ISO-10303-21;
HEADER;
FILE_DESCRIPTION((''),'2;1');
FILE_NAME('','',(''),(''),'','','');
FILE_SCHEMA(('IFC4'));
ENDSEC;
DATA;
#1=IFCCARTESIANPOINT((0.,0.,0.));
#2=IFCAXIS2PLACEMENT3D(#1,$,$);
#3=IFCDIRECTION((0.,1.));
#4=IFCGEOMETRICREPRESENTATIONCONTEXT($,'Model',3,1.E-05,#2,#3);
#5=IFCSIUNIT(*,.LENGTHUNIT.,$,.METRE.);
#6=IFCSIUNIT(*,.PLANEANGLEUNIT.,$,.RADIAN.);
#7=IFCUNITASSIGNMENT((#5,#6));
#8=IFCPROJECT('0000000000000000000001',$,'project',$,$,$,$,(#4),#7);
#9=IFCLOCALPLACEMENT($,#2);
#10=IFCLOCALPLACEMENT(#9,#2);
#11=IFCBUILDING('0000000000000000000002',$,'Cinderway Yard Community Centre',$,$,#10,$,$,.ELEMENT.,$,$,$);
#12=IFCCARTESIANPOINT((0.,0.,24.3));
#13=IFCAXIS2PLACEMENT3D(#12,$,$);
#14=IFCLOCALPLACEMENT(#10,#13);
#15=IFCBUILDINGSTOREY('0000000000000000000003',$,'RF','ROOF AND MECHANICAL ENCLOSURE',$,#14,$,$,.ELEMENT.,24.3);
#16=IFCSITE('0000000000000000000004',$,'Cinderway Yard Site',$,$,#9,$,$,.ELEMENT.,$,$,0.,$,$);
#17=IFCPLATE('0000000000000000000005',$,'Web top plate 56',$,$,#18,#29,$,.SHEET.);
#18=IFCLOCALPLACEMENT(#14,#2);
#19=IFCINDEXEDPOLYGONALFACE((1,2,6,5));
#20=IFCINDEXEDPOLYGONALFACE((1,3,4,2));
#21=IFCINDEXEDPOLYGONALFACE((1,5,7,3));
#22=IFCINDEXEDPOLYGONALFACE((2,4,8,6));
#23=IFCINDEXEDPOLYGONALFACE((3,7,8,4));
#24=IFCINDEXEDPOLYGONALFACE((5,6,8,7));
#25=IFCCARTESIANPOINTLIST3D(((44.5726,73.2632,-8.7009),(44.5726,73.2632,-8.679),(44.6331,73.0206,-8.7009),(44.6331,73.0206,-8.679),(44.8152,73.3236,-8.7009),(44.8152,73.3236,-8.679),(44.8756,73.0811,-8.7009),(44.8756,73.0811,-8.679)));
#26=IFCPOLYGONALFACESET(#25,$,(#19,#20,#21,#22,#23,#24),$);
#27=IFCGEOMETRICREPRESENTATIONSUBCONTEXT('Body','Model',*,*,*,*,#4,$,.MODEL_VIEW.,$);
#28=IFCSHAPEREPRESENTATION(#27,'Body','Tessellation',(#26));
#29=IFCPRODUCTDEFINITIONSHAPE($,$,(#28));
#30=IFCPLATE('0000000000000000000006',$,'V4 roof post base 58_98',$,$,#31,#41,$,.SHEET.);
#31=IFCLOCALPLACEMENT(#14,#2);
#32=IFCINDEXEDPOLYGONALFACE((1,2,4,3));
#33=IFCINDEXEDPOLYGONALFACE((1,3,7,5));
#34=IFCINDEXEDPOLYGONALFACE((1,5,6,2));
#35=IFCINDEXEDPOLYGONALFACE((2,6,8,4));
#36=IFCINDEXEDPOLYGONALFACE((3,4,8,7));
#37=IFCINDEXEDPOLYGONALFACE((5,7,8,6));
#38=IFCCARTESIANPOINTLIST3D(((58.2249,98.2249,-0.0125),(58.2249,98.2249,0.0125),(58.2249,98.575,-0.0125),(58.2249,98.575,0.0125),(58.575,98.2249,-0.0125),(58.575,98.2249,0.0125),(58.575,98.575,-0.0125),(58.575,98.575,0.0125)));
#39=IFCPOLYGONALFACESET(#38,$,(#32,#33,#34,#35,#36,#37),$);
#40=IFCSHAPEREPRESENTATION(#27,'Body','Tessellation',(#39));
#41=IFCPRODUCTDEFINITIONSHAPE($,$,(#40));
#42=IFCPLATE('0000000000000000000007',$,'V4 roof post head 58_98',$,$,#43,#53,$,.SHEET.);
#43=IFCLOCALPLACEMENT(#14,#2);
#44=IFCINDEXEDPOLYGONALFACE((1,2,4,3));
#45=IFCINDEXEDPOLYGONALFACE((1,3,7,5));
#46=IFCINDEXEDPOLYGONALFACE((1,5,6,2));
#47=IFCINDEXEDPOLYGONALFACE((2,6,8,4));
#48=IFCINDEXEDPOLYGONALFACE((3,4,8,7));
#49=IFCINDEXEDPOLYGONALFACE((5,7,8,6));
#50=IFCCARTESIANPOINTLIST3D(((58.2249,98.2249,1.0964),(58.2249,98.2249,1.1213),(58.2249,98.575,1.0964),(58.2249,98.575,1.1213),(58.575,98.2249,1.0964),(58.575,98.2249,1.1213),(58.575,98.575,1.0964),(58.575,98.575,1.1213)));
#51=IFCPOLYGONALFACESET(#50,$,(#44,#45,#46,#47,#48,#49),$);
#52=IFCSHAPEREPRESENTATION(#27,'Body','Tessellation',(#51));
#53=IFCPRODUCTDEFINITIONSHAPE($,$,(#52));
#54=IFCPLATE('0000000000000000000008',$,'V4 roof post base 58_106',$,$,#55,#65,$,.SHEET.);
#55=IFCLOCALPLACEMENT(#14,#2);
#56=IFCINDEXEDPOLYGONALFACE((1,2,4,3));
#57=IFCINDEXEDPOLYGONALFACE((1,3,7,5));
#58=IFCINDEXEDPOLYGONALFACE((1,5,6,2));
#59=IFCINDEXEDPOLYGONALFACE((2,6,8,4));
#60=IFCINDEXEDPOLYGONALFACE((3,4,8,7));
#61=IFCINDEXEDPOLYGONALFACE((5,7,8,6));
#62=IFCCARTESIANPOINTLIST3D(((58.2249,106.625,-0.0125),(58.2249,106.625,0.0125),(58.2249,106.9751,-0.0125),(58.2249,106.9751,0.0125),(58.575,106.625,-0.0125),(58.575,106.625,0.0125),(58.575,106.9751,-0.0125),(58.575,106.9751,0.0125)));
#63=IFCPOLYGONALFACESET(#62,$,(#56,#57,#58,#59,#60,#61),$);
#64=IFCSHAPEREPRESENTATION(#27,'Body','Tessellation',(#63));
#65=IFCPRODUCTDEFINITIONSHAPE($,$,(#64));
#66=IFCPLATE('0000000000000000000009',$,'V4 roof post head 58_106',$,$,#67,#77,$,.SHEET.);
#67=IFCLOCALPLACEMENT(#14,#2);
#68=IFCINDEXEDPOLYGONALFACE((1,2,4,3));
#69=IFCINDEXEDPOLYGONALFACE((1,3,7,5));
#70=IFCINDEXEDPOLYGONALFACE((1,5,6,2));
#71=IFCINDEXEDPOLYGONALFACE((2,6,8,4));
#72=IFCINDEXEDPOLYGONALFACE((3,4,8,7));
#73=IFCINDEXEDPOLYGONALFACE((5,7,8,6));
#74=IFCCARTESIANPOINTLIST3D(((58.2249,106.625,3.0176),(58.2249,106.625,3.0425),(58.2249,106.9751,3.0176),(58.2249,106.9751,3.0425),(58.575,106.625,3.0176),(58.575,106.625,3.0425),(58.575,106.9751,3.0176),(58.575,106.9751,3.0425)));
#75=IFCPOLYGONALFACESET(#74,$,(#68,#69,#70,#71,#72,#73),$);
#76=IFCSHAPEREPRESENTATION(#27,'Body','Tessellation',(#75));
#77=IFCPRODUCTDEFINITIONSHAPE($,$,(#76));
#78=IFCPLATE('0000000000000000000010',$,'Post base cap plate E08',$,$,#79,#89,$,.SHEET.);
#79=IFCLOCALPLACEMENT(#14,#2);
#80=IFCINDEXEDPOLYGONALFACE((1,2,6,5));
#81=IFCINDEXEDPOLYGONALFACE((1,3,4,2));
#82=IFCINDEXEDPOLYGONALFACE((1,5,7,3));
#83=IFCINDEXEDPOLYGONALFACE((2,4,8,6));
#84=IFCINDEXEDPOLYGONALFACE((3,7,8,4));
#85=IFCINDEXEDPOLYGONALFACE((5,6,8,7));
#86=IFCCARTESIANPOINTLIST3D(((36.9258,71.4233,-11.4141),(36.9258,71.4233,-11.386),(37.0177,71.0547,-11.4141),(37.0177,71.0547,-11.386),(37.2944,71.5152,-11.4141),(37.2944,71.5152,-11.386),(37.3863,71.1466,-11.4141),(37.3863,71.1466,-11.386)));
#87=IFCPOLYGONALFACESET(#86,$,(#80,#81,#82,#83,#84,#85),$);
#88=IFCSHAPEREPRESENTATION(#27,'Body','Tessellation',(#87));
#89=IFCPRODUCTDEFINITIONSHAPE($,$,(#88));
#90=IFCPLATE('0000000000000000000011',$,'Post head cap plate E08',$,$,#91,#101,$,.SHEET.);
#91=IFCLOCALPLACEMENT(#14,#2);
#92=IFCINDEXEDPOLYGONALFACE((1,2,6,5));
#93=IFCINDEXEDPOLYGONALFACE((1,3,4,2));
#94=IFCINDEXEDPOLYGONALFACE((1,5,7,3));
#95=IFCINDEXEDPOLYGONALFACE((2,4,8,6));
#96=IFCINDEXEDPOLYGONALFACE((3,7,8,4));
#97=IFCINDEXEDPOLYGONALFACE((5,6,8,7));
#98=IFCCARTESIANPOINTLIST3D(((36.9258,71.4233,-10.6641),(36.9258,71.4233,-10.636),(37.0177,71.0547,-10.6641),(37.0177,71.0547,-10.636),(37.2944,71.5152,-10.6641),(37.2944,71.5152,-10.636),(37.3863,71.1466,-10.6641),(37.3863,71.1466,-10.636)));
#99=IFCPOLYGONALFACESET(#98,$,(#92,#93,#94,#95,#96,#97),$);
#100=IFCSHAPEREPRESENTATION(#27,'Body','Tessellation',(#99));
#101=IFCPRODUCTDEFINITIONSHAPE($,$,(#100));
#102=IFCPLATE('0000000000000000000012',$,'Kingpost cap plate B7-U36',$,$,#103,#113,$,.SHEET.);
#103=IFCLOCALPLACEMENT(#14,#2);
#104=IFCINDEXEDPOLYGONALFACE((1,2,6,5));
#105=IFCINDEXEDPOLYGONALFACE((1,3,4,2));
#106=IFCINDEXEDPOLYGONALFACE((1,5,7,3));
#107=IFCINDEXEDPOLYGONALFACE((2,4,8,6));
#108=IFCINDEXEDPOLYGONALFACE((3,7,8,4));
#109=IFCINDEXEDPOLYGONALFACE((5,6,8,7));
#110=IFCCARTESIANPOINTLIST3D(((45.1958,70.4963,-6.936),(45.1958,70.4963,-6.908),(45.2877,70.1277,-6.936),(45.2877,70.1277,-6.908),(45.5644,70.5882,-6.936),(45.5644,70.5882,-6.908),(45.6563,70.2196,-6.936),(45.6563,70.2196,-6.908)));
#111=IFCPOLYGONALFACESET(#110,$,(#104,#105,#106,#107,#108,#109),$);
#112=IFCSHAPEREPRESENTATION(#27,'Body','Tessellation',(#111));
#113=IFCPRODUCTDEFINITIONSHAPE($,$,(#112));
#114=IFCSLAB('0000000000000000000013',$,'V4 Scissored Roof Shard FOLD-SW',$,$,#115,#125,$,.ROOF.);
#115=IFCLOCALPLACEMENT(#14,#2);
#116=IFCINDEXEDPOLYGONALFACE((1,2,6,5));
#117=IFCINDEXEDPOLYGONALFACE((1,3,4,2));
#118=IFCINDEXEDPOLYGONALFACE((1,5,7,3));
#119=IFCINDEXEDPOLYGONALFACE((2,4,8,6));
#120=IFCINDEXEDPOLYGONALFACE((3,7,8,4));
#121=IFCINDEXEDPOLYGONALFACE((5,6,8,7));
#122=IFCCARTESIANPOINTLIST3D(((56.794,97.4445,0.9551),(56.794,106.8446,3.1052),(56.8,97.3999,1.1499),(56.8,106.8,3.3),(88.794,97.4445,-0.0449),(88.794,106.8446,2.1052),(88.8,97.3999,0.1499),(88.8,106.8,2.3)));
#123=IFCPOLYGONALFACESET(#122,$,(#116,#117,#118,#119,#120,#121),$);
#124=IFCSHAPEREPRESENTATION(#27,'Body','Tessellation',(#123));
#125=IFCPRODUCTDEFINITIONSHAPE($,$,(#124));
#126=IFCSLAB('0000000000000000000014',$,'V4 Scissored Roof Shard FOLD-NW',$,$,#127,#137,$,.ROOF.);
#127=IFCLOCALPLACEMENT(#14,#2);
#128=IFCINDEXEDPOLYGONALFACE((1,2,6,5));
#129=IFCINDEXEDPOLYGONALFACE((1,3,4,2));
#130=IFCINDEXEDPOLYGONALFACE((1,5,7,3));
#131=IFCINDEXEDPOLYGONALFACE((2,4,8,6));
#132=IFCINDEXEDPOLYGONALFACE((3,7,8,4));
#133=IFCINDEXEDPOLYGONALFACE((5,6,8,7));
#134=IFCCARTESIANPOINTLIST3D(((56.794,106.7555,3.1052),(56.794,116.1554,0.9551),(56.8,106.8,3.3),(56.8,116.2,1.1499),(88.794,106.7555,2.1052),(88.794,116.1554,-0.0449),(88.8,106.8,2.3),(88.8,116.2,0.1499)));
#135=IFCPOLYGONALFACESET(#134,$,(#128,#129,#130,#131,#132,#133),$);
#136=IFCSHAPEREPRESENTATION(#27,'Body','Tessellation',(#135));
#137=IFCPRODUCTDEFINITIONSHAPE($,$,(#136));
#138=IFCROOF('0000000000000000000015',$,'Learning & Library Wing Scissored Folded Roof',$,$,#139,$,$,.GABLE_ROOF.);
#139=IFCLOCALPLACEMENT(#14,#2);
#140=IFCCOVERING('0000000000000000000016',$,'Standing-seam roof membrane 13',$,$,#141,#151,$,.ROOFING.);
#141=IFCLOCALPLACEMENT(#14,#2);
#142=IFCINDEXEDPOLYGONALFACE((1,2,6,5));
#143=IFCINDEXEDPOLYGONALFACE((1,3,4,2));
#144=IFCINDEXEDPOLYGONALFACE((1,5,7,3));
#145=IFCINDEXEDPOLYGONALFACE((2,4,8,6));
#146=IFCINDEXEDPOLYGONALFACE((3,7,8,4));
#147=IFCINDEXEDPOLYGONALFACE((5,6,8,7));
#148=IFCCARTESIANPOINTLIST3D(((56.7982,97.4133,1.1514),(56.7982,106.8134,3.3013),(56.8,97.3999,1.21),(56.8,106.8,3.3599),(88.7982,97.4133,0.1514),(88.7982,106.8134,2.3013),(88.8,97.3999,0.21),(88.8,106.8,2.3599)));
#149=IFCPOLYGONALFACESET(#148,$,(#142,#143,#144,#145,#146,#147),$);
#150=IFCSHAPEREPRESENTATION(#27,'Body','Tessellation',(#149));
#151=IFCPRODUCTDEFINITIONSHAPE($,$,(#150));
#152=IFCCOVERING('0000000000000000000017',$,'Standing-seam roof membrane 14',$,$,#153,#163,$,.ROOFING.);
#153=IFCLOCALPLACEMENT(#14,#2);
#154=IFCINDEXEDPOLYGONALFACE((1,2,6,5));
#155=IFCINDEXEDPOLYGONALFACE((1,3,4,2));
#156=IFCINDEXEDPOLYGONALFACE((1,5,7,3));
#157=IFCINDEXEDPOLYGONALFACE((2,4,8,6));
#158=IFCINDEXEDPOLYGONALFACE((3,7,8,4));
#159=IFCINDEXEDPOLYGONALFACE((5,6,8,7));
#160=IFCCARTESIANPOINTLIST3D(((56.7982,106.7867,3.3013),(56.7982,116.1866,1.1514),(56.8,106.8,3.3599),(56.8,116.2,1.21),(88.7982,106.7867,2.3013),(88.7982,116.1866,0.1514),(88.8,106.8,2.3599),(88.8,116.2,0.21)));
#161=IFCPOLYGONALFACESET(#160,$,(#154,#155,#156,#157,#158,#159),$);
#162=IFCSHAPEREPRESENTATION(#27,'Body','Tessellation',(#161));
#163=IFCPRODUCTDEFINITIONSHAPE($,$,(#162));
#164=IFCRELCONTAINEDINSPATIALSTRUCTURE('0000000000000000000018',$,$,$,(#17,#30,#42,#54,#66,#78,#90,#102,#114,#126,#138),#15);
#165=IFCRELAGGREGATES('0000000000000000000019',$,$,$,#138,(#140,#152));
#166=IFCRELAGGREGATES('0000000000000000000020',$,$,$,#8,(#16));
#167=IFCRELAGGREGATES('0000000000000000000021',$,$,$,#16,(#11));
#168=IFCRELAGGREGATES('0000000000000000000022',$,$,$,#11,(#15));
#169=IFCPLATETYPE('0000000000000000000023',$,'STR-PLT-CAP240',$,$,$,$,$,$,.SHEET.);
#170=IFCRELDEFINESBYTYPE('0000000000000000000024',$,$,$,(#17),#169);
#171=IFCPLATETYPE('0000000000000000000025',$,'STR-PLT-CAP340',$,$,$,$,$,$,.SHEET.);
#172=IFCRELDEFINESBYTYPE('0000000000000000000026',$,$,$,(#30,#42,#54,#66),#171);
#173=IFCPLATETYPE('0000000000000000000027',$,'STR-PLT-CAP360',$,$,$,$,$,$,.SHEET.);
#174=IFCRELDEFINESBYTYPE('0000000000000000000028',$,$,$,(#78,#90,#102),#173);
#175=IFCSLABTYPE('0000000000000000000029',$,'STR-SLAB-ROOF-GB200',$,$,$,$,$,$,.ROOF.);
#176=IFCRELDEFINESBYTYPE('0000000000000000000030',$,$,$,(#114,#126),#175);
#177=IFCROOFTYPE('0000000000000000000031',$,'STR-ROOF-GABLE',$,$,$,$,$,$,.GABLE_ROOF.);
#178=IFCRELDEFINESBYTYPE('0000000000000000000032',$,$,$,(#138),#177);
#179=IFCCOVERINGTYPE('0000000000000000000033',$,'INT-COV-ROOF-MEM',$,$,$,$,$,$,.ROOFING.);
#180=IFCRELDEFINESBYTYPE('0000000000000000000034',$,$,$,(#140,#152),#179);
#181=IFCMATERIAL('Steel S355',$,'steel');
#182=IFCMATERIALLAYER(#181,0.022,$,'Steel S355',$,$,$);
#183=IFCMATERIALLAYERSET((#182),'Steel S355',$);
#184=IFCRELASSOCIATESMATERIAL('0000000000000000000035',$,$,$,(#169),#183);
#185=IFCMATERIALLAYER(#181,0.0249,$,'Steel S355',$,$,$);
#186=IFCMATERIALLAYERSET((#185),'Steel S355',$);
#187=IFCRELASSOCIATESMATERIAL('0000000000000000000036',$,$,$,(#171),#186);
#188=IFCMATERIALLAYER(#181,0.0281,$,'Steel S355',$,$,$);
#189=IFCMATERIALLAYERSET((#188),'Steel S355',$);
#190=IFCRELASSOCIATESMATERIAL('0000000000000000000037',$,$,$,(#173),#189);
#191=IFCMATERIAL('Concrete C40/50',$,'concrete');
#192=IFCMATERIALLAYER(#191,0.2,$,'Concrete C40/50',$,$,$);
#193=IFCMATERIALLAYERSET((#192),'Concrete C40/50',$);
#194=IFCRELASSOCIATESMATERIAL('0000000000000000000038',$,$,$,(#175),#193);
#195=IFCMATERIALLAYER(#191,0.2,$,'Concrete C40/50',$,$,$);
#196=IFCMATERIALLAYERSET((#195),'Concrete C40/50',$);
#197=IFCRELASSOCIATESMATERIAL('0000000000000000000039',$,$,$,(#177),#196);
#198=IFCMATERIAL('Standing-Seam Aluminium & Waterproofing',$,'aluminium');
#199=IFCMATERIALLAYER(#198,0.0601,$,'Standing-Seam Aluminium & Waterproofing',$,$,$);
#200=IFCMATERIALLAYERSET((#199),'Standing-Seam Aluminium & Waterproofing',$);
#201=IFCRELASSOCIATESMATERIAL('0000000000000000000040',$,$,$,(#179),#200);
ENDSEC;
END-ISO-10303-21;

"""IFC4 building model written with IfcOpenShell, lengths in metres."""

from ifc_helpers import new_model, si_unit, direction, frame, origin, origin_2d, place, context, subcontext, project, spatial, polyline, rectangle, outline, extrude, material, layer, layer_set, type_object, element, aggregate, save


model = new_model("IFC4")

# Units and contexts
model_context = context("Model", 3, precision=1e-05, world=origin(), true_north=direction((0.0, 1.0)))
body_context = subcontext(model_context, "Body", "Model", "MODEL_VIEW")
ifc_project = project(units=[si_unit("LENGTHUNIT", "METRE"), si_unit("PLANEANGLEUNIT", "RADIAN")], contexts=[model_context])

# Site, building, storey
site_placement = place(None, origin())
site = spatial("IfcSite", under=ifc_project, at=site_placement, Name="Cinderway Yard Site", CompositionType="ELEMENT", RefElevation=0.0)
building_placement = place(site_placement, origin())
building = spatial("IfcBuilding", under=site, at=building_placement, Name="Cinderway Yard Community Centre", CompositionType="ELEMENT")
storey_placement = place(building_placement, frame((0.0, 0.0, 24.3)))
storey = spatial("IfcBuildingStorey", under=building, at=storey_placement, Name="RF", Description="ROOF AND MECHANICAL ENCLOSURE", CompositionType="ELEMENT", Elevation=24.3)

# Shared definitions
ifc_material_1 = material(Name="Steel S355", Category="steel")

# Shared definitions
ifc_material_2 = material(Name="Concrete C40/50", Category="concrete")

# Plates
ifc_layer_1 = layer(ifc_material_1, 0.022, Name="Steel S355")
ifc_layer_set_1 = layer_set([ifc_layer_1], Name="Steel S355")
plate_type_1 = type_object("IfcPlateType", Name="STR-PLT-CAP240", PredefinedType="SHEET", material=ifc_layer_set_1)
for number, where, z_axis, x_axis, name in (
    (1, (44.7241, 73.1721, -8.7009), (0.0, 0.0, 1.0), (0.970296, 0.241922, 0.0), "Web top plate 56"),
):
    element("IfcPlate", number, at=place(storey_placement, frame(where, z_axis=z_axis, x_axis=x_axis)), inside=storey, type_object=plate_type_1, Name=name, PredefinedType="SHEET", context=body_context, shape_type="SweptSolid", body=[
        extrude(rectangle(XDim=0.25, YDim=0.25, at=origin_2d()), origin(), (0.0, 0.0, 1.0), 0.022),
    ])
ifc_layer_2 = layer(ifc_material_1, 0.0249, Name="Steel S355")
ifc_layer_set_2 = layer_set([ifc_layer_2], Name="Steel S355")
plate_type_2 = type_object("IfcPlateType", Name="STR-PLT-CAP340", PredefinedType="SHEET", material=ifc_layer_set_2)
for number, where, z_axis, x_axis, name in (
    (2, (58.3999, 98.3999, -0.0125), (0.0, 0.0, 1.0), (1.0, 0.0, 0.0), "V4 roof post base 58_98"),
    (3, (58.3999, 98.3999, 1.0964), (0.0, 0.0, 1.0), (1.0, 0.0, 0.0), "V4 roof post head 58_98"),
    (4, (58.3999, 106.8, -0.0125), (0.0, 0.0, 1.0), (1.0, 0.0, 0.0), "V4 roof post base 58_106"),
    (5, (58.3999, 106.8, 3.0176), (0.0, 0.0, 1.0), (1.0, 0.0, 0.0), "V4 roof post head 58_106"),
):
    element("IfcPlate", number, at=place(storey_placement, frame(where, z_axis=z_axis, x_axis=x_axis)), inside=storey, type_object=plate_type_2, Name=name, PredefinedType="SHEET", context=body_context, shape_type="SweptSolid", body=[
        extrude(rectangle(XDim=0.3501, YDim=0.3501, at=origin_2d()), origin(), (0.0, 0.0, 1.0), 0.0249),
    ])
ifc_layer_3 = layer(ifc_material_1, 0.0281, Name="Steel S355")
ifc_layer_set_3 = layer_set([ifc_layer_3], Name="Steel S355")
plate_type_3 = type_object("IfcPlateType", Name="STR-PLT-CAP360", PredefinedType="SHEET", material=ifc_layer_set_3)
for number, where, z_axis, x_axis, name in (
    (6, (37.156, 71.2849, -11.4141), (0.0, 0.0, 1.0), (0.970296, 0.241922, 0.0), "Post base cap plate E08"),
    (7, (37.156, 71.2849, -10.6641), (0.0, 0.0, 1.0), (0.970296, 0.241922, 0.0), "Post head cap plate E08"),
    (8, (45.426, 70.3579, -6.936), (0.0, 0.0, 1.0), (0.970296, 0.241922, 0.0), "Kingpost cap plate B7-U36"),
):
    element("IfcPlate", number, at=place(storey_placement, frame(where, z_axis=z_axis, x_axis=x_axis)), inside=storey, type_object=plate_type_3, Name=name, PredefinedType="SHEET", context=body_context, shape_type="SweptSolid", body=[
        extrude(rectangle(XDim=0.3799, YDim=0.3799, at=origin_2d()), origin(), (0.0, 0.0, 1.0), 0.0281),
    ])

# Slabs
ifc_layer_4 = layer(ifc_material_2, 0.2, Name="Concrete C40/50")
ifc_layer_set_4 = layer_set([ifc_layer_4], Name="Concrete C40/50")
slab_type = type_object("IfcSlabType", Name="STR-SLAB-ROOF-GB200", PredefinedType="ROOF", material=ifc_layer_set_4)
slab_1_placement = place(storey_placement, frame((56.8, 97.3999, 1.1499), z_axis=(0.030449, -0.222873, 0.974372), x_axis=(0.999512, 0.0, -0.031235)))
element("IfcSlab", 9, at=slab_1_placement, inside=storey, type_object=slab_type, Name="V4 Scissored Roof Shard FOLD-SW", PredefinedType="ROOF", context=body_context, shape_type="SweptSolid", body=[
    extrude(outline(polyline([(0.0, 0.0), (32.0156, 0.0), (31.9485, 9.6427), (-0.0672, 9.6427), (0.0, 0.0)])), origin(), (0.0, 0.0, -1.0), 0.2),
])
slab_2_placement = place(storey_placement, frame((56.8, 106.8, 3.3), z_axis=(0.030449, 0.222879, 0.974371), x_axis=(0.999512, 0.0, -0.031235)))
element("IfcSlab", 10, at=slab_2_placement, inside=storey, type_object=slab_type, Name="V4 Scissored Roof Shard FOLD-NW", PredefinedType="ROOF", context=body_context, shape_type="SweptSolid", body=[
    extrude(outline(polyline([(0.0, 0.0), (32.0156, 0.0), (32.0828, 9.6424), (0.0672, 9.6424), (0.0, 0.0)])), origin(), (0.0, 0.0, -1.0), 0.2),
])

# Roof, coverings
ifc_layer_5 = layer(ifc_material_2, 0.2, Name="Concrete C40/50")
ifc_layer_set_5 = layer_set([ifc_layer_5], Name="Concrete C40/50")
roof_type = type_object("IfcRoofType", Name="STR-ROOF-GABLE", PredefinedType="GABLE_ROOF", material=ifc_layer_set_5)
roof_placement = place(storey_placement, origin())
roof = element("IfcRoof", 11, at=roof_placement, inside=storey, type_object=roof_type, Name="Learning & Library Wing Scissored Folded Roof", PredefinedType="GABLE_ROOF")
ifc_material_3 = material(Name="Standing-Seam Aluminium & Waterproofing", Category="aluminium")
ifc_layer_6 = layer(ifc_material_3, 0.0601, Name="Standing-Seam Aluminium & Waterproofing")
ifc_layer_set_6 = layer_set([ifc_layer_6], Name="Standing-Seam Aluminium & Waterproofing")
covering_type = type_object("IfcCoveringType", Name="INT-COV-ROOF-MEM", PredefinedType="ROOFING", material=ifc_layer_set_6)
covering_1_placement = place(storey_placement, frame((56.8, 97.3999, 1.21), z_axis=(0.030449, -0.222849, 0.974377), x_axis=(0.999512, 0.0, -0.031235)))
covering_1 = element("IfcCovering", 12, at=covering_1_placement, type_object=covering_type, Name="Standing-seam roof membrane 13", PredefinedType="ROOFING", context=body_context, shape_type="SweptSolid", body=[
    extrude(outline(polyline([(0.0, 0.0), (32.0156, 0.0), (31.9485, 9.6426), (-0.0672, 9.6426), (0.0, 0.0)])), origin(), (0.0, 0.0, -1.0), 0.0601),
])
covering_2_placement = place(storey_placement, frame((56.8, 106.8, 3.3599), z_axis=(0.030449, 0.222855, 0.974376), x_axis=(0.999512, 0.0, -0.031235)))
covering_2 = element("IfcCovering", 13, at=covering_2_placement, type_object=covering_type, Name="Standing-seam roof membrane 14", PredefinedType="ROOFING", context=body_context, shape_type="SweptSolid", body=[
    extrude(outline(polyline([(0.0, 0.0), (32.0156, 0.0), (32.0828, 9.6424), (0.0672, 9.6424), (0.0, 0.0)])), origin(), (0.0, 0.0, -1.0), 0.0601),
])
aggregate(roof, [covering_1, covering_2])

save(model, "model.ifc")
